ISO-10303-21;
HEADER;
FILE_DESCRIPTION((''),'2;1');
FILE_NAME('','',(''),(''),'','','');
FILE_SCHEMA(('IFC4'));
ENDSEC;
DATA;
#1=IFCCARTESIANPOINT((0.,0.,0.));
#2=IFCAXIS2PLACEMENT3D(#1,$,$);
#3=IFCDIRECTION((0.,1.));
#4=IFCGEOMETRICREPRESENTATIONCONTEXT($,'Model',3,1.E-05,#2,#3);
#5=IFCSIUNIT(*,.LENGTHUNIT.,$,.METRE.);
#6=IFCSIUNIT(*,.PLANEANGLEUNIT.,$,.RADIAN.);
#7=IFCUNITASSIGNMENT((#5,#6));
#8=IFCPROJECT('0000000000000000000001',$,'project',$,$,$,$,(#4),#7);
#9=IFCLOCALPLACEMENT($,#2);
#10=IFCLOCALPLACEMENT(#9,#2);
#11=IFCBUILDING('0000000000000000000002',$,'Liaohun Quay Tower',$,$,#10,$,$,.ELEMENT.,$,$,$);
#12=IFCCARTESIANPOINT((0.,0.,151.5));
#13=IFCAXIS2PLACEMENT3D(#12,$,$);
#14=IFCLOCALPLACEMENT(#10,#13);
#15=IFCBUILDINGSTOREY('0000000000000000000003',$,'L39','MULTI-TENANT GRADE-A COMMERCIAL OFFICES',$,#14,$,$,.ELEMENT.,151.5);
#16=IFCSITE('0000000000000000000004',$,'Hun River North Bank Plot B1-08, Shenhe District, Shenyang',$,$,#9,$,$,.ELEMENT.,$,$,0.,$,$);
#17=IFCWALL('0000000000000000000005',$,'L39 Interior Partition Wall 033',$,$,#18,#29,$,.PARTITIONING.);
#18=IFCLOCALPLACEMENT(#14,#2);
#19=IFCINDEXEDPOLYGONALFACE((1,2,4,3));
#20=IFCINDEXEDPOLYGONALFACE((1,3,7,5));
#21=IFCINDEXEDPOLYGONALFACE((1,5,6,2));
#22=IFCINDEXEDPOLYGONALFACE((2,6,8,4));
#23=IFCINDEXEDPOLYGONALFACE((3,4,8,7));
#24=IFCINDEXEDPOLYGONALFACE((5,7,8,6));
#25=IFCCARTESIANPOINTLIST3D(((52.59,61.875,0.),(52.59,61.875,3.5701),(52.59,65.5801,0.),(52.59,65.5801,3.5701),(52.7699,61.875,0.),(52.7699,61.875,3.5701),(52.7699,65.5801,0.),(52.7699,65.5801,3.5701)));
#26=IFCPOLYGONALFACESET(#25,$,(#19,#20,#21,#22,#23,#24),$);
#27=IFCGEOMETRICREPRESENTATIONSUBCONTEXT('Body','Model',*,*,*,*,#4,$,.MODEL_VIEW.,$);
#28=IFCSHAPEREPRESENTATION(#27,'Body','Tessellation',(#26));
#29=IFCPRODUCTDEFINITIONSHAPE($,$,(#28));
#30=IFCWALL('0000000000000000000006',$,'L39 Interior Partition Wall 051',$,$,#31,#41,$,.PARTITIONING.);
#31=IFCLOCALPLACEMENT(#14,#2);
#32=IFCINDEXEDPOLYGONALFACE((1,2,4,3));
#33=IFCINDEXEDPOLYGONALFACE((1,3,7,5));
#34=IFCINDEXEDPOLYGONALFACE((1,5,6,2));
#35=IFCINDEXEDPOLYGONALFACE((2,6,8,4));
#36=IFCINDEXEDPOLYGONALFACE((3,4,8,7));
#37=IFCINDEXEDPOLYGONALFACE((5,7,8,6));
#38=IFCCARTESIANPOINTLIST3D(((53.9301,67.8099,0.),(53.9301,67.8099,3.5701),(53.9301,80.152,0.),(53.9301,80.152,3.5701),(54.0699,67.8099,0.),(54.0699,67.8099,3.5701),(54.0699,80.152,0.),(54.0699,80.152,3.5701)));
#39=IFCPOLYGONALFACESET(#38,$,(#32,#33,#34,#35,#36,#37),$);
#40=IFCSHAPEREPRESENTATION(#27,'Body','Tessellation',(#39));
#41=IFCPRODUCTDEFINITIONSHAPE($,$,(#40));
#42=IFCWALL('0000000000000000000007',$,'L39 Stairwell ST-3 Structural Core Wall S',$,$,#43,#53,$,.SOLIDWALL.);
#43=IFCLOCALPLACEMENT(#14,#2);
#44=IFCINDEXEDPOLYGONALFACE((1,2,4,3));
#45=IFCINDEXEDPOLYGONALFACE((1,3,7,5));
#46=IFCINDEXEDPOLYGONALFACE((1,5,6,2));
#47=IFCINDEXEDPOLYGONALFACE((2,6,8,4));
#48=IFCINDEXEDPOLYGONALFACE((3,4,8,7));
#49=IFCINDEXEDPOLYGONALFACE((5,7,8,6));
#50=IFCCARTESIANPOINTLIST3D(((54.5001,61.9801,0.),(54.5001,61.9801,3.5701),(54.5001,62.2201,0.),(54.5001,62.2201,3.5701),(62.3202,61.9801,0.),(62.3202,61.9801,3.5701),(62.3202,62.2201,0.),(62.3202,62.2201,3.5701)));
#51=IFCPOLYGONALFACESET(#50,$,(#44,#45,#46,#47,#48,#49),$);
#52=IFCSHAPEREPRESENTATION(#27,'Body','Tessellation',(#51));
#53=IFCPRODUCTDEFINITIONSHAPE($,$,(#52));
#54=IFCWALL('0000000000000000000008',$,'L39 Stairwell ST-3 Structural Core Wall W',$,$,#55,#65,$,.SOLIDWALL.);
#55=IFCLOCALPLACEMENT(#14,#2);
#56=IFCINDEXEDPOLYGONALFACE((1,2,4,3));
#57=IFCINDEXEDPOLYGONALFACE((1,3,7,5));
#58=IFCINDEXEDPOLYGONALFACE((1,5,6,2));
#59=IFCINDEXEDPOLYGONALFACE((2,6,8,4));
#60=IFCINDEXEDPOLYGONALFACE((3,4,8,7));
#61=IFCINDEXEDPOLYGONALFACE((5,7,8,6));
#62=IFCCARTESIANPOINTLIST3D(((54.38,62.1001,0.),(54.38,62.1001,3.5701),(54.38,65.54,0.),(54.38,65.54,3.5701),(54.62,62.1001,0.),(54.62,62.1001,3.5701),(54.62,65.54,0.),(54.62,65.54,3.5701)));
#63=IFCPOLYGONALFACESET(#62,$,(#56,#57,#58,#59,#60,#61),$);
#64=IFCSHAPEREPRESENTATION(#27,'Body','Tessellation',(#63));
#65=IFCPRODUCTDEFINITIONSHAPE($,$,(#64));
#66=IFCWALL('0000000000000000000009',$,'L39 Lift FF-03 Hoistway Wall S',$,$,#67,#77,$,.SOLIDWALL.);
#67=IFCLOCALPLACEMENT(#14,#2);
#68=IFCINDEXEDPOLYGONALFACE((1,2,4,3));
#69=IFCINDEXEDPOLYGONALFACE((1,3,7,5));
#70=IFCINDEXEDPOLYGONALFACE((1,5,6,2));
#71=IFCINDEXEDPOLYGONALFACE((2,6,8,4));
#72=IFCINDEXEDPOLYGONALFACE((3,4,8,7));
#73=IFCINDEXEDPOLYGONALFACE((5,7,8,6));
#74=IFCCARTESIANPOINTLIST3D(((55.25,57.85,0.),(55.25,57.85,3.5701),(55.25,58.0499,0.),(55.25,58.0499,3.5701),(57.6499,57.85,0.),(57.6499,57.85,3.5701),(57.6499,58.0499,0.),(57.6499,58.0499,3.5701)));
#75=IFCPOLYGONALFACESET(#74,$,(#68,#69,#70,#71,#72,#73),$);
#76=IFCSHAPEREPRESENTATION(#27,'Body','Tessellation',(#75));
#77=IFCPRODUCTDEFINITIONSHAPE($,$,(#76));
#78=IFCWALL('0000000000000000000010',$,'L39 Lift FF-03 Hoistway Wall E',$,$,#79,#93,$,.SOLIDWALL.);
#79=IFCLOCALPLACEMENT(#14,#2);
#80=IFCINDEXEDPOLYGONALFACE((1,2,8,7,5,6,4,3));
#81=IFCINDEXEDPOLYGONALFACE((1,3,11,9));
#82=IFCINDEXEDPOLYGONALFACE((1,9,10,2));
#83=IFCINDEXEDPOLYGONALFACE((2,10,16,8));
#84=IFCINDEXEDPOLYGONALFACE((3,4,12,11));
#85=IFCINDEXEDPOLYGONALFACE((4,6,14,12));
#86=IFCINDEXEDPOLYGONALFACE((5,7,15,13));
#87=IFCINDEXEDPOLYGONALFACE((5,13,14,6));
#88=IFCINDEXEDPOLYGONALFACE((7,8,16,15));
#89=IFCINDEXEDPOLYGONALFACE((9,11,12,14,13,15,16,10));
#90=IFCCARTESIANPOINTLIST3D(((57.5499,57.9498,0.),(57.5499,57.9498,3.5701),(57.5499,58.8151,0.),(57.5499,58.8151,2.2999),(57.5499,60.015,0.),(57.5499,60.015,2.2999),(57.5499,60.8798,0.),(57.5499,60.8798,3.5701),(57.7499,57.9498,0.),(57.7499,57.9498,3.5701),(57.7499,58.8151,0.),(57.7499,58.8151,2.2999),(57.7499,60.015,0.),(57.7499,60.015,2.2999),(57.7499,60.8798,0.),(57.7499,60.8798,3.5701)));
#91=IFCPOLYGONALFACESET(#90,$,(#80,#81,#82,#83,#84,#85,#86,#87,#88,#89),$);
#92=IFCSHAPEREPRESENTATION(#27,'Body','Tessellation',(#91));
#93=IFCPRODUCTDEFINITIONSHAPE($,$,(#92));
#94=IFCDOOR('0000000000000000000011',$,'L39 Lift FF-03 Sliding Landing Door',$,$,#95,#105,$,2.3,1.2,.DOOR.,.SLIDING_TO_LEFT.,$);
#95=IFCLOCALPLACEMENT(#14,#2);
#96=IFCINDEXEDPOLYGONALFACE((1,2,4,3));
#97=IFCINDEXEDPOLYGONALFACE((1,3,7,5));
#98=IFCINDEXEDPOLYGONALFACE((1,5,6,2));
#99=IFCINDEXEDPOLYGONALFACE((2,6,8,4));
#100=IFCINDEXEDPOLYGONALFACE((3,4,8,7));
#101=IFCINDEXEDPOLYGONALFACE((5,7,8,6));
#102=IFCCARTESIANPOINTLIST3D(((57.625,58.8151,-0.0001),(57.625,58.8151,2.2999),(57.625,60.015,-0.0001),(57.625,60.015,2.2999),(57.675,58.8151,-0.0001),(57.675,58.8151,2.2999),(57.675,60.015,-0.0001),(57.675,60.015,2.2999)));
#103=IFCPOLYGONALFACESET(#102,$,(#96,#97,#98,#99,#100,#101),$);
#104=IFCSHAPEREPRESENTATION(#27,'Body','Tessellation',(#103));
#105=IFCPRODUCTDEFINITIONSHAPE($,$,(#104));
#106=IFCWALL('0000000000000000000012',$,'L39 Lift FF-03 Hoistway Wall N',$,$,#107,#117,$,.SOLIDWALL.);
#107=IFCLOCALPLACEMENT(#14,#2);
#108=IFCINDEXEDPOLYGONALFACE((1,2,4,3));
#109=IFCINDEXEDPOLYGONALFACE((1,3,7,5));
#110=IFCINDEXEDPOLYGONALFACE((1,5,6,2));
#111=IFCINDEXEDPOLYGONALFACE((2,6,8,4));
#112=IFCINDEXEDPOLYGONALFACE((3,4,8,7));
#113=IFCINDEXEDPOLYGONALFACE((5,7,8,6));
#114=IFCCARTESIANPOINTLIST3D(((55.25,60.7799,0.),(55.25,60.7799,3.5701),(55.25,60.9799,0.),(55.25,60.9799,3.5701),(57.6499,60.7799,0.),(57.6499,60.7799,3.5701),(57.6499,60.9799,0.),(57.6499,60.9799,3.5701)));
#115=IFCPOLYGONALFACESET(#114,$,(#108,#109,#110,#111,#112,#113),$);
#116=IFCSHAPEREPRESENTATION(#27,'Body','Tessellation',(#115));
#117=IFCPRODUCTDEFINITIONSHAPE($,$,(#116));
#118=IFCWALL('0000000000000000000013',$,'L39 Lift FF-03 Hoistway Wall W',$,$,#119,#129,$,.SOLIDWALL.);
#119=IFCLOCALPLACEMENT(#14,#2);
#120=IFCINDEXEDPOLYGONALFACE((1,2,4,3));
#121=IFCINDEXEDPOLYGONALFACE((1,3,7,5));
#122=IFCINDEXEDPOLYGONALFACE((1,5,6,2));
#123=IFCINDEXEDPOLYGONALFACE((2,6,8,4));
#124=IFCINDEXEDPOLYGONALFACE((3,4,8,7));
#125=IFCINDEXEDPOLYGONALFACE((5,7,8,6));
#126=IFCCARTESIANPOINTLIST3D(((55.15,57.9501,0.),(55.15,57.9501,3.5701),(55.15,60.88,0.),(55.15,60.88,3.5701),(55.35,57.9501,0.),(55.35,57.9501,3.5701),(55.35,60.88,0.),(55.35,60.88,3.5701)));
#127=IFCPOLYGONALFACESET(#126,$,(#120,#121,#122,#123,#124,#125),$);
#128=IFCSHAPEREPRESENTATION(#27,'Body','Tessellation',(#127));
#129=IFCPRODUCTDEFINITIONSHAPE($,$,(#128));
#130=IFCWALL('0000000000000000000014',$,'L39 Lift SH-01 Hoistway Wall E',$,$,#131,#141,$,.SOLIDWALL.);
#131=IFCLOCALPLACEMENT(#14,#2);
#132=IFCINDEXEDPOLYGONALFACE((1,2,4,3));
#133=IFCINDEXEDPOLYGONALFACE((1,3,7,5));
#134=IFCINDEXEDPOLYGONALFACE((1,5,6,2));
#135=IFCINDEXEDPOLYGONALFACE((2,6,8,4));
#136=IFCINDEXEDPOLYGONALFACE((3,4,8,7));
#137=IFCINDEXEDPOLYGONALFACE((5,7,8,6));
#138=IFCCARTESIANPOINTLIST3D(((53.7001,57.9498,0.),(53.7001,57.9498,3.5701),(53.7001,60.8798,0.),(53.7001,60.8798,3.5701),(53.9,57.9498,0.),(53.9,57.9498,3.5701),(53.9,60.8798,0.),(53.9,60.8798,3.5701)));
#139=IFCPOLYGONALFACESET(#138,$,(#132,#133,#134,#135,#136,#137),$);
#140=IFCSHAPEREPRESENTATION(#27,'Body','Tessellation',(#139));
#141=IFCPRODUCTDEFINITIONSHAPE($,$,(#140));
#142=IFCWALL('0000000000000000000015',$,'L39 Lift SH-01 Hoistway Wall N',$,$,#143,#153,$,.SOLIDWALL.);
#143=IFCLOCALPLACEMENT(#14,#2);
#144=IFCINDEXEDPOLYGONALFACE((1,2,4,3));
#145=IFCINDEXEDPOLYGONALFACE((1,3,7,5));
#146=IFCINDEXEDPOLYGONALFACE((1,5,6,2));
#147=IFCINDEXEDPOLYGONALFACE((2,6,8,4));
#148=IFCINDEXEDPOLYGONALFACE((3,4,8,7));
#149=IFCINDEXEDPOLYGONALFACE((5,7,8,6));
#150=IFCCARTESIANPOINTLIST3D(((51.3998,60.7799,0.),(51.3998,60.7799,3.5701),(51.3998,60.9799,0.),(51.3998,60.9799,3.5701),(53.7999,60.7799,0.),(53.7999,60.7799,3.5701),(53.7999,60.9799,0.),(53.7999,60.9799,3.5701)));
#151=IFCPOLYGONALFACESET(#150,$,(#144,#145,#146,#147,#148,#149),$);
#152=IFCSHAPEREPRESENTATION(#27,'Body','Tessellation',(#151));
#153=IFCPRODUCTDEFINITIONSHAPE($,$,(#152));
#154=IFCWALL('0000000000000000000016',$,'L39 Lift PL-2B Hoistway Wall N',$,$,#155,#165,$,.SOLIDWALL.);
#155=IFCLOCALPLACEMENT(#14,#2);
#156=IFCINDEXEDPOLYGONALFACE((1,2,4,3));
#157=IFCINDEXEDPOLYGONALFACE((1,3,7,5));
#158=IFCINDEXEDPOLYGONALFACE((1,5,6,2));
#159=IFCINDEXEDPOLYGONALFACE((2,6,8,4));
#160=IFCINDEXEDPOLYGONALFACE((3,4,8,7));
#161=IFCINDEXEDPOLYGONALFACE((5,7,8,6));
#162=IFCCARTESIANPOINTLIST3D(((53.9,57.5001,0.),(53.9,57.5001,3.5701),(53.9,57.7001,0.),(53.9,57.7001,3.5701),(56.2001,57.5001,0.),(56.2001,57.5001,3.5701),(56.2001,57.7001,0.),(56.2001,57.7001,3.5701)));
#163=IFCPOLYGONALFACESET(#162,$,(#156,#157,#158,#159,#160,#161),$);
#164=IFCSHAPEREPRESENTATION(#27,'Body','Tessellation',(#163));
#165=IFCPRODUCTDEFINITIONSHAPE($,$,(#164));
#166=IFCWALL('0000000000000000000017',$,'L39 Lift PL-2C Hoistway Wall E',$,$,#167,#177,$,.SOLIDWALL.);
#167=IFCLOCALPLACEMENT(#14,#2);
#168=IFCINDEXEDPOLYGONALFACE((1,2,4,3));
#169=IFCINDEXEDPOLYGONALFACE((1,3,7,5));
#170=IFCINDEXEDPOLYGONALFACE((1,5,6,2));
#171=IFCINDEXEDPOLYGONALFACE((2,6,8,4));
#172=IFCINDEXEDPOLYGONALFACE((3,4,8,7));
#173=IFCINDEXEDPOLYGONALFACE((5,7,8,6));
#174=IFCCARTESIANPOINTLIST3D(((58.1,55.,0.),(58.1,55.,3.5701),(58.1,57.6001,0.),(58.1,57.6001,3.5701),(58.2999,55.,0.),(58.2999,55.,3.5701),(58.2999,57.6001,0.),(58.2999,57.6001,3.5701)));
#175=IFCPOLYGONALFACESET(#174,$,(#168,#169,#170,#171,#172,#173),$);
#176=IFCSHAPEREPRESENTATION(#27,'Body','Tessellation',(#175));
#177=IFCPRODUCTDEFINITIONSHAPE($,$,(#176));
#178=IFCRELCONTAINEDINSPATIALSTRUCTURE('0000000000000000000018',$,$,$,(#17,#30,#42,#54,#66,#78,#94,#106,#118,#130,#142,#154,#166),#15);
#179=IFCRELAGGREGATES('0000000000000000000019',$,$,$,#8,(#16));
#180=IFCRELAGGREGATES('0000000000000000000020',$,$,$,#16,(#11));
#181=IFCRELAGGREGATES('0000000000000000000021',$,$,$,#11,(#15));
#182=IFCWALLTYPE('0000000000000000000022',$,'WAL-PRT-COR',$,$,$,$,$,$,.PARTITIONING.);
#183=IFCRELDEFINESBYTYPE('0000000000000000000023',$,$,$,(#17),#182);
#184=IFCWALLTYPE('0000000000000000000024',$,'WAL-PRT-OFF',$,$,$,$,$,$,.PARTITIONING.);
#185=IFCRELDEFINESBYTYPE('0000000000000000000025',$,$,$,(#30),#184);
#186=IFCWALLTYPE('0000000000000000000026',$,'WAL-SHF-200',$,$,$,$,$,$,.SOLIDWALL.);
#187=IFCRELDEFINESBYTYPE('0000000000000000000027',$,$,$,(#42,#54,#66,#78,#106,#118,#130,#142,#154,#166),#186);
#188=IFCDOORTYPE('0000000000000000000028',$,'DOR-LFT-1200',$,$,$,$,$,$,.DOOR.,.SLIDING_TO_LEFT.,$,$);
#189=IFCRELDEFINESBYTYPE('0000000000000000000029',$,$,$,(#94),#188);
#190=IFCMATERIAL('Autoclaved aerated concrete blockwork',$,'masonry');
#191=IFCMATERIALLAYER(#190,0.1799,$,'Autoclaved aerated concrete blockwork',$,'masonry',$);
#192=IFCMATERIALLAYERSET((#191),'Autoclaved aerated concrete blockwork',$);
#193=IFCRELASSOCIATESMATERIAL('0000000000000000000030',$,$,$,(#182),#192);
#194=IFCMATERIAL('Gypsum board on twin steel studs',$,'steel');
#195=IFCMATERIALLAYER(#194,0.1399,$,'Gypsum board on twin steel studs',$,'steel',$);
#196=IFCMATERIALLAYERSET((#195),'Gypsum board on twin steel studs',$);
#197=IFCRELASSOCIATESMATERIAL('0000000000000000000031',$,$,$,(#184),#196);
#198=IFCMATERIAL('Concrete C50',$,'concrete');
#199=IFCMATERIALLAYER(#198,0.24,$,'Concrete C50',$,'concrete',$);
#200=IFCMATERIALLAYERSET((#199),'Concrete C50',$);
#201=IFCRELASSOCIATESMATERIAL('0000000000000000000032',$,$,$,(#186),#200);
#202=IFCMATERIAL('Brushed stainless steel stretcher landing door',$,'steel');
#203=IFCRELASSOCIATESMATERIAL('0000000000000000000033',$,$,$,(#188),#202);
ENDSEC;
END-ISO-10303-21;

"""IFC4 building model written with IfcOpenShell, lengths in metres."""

from ifc_helpers import new_model, si_unit, direction, frame, frame_2d, origin, place, context, subcontext, project, spatial, rectangle, extrude, source, transform, mapped, material, layer, layer_set, type_object, element, fill, save


model = new_model("IFC4")

# Units and contexts
model_context = context("Model", 3, precision=1e-05, world=origin(), true_north=direction((0.0, 1.0)))
body_context = subcontext(model_context, "Body", "Model", "MODEL_VIEW")
ifc_project = project(units=[si_unit("LENGTHUNIT", "METRE"), si_unit("PLANEANGLEUNIT", "RADIAN")], contexts=[model_context])

# Site, building, storey
site_placement = place(None, origin())
site = spatial("IfcSite", under=ifc_project, at=site_placement, Name="Hun River North Bank Plot B1-08, Shenhe District, Shenyang", CompositionType="ELEMENT", RefElevation=0.0)
building_placement = place(site_placement, origin())
building = spatial("IfcBuilding", under=site, at=building_placement, Name="Liaohun Quay Tower", CompositionType="ELEMENT")
storey_placement = place(building_placement, frame((0.0, 0.0, 151.5)))
storey = spatial("IfcBuildingStorey", under=building, at=storey_placement, Name="L39", Description="MULTI-TENANT GRADE-A COMMERCIAL OFFICES", CompositionType="ELEMENT", Elevation=151.5)

# Shared definitions
ifc_material_1 = material(Name="Autoclaved aerated concrete blockwork", Category="masonry")
ifc_layer_1 = layer(ifc_material_1, 0.1799, Name="Autoclaved aerated concrete blockwork", Category="masonry")
ifc_layer_set_1 = layer_set([ifc_layer_1], Name="Autoclaved aerated concrete blockwork")
wall_type_1 = type_object("IfcWallType", Name="WAL-PRT-COR", PredefinedType="PARTITIONING", material=ifc_layer_set_1)

# Walls
wall_1_placement = place(storey_placement, frame((52.6799, 61.875, 0.0), z_axis=(0.0, 0.0, 1.0), x_axis=(0.0, 1.0, 0.0)))
element("IfcWall", 1, at=wall_1_placement, inside=storey, type_object=wall_type_1, Name="L39 Interior Partition Wall 033", PredefinedType="PARTITIONING", context=body_context, shape_type="SweptSolid", body=[
    extrude(rectangle(XDim=3.7051, YDim=0.1799, at=frame_2d((1.8525, 0.0))), origin(), (0.0, 0.0, 1.0), 3.5701),
])
ifc_material_2 = material(Name="Gypsum board on twin steel studs", Category="steel")
ifc_layer_2 = layer(ifc_material_2, 0.1399, Name="Gypsum board on twin steel studs", Category="steel")
ifc_layer_set_2 = layer_set([ifc_layer_2], Name="Gypsum board on twin steel studs")
wall_type_2 = type_object("IfcWallType", Name="WAL-PRT-OFF", PredefinedType="PARTITIONING", material=ifc_layer_set_2)
wall_2_placement = place(storey_placement, frame((54.0, 67.8101, 0.0), z_axis=(0.0, 0.0, 1.0), x_axis=(0.0, 1.0, 0.0)))
element("IfcWall", 2, at=wall_2_placement, inside=storey, type_object=wall_type_2, Name="L39 Interior Partition Wall 051", PredefinedType="PARTITIONING", context=body_context, shape_type="SweptSolid", body=[
    extrude(rectangle(XDim=12.342, YDim=0.1399, at=frame_2d((6.1709, 0.0))), origin(), (0.0, 0.0, 1.0), 3.5701),
])
ifc_material_3 = material(Name="Concrete C50", Category="concrete")
ifc_layer_3 = layer(ifc_material_3, 0.24, Name="Concrete C50", Category="concrete")
ifc_layer_set_3 = layer_set([ifc_layer_3], Name="Concrete C50")
wall_type_3 = type_object("IfcWallType", Name="WAL-SHF-200", PredefinedType="SOLIDWALL", material=ifc_layer_set_3)
wall_3_placement = place(storey_placement, frame((54.5, 62.1001, 0.0), z_axis=(0.0, 0.0, 1.0), x_axis=(1.0, 0.0, 0.0)))
element("IfcWall", 3, at=wall_3_placement, inside=storey, type_object=wall_type_3, Name="L39 Stairwell ST-3 Structural Core Wall S", PredefinedType="SOLIDWALL", context=body_context, shape_type="SweptSolid", body=[
    extrude(rectangle(XDim=7.8201, YDim=0.24, at=frame_2d((3.9102, 0.0))), origin(), (0.0, 0.0, 1.0), 3.5701),
])
wall_4_placement = place(storey_placement, frame((54.5, 65.54, 0.0), z_axis=(0.0, 0.0, 1.0), x_axis=(0.0, -1.0, 0.0)))
element("IfcWall", 4, at=wall_4_placement, inside=storey, type_object=wall_type_3, Name="L39 Stairwell ST-3 Structural Core Wall W", PredefinedType="SOLIDWALL", context=body_context, shape_type="SweptSolid", body=[
    extrude(rectangle(XDim=3.4399, YDim=0.24, at=frame_2d((1.72, 0.0))), origin(), (0.0, 0.0, 1.0), 3.5701),
])
wall_5_placement = place(storey_placement, frame((55.25, 57.95, 0.0), z_axis=(0.0, 0.0, 1.0), x_axis=(1.0, 0.0, 0.0)))
element("IfcWall", 5, at=wall_5_placement, inside=storey, type_object=wall_type_3, Name="L39 Lift FF-03 Hoistway Wall S", PredefinedType="SOLIDWALL", context=body_context, shape_type="SweptSolid", body=[
    extrude(rectangle(XDim=2.3999, YDim=0.2, at=frame_2d((1.2, 0.0))), origin(), (0.0, 0.0, 1.0), 3.5701),
])

# Wall, opening, door
wall_6_placement = place(storey_placement, frame((57.6499, 57.95, 0.0), z_axis=(0.0, 0.0, 1.0), x_axis=(0.0, 1.0, 0.0)))
wall_6 = element("IfcWall", 6, at=wall_6_placement, inside=storey, type_object=wall_type_3, Name="L39 Lift FF-03 Hoistway Wall E", PredefinedType="SOLIDWALL", context=body_context, shape_type="SweptSolid", body=[
    extrude(rectangle(XDim=2.9299, YDim=0.2, at=frame_2d((1.4648, 0.0))), origin(), (0.0, 0.0, 1.0), 3.5701),
])
shared_shape_1 = source(origin(), body_context, "Body", "SweptSolid", [
    extrude(rectangle(XDim=1.2, YDim=2.3, at=frame_2d((0.6001, 1.1499))), frame((0.0, 0.1099, 0.0), z_axis=(0.0, -1.0, 0.0), x_axis=(1.0, 0.0, 0.0)), (0.0, 0.0, 1.0), 0.22),
])
opening_1_placement = place(wall_6_placement, frame((0.865, 0.0, 0.0)))
opening_1 = element("IfcOpeningElement", 7, at=opening_1_placement, cuts=wall_6, PredefinedType="OPENING", context=body_context, shape_type="MappedRepresentation", body=[
    mapped(shared_shape_1, transform((0.0, 0.0, 0.0), x_axis=(1.0, 0.0, 0.0), y_axis=(0.0, 1.0, 0.0), z_axis=(0.0, 0.0, 1.0), scale=1.0)),
])
ifc_material_4 = material(Name="Brushed stainless steel stretcher landing door", Category="steel")
door_type_1 = type_object("IfcDoorType", Name="DOR-LFT-1200", OperationType="SLIDING_TO_LEFT", PredefinedType="DOOR", material=ifc_material_4)
shared_shape_2 = source(origin(), body_context, "Body", "SweptSolid", [
    extrude(rectangle(XDim=1.2, YDim=2.3, at=frame_2d((0.6001, 1.1499))), frame((0.0, 0.0249, 0.0), z_axis=(0.0, -1.0, 0.0), x_axis=(1.0, 0.0, 0.0)), (0.0, 0.0, 1.0), 0.05),
])
door_1_placement = place(opening_1_placement, origin())
door_1 = element("IfcDoor", 8, at=door_1_placement, inside=storey, type_object=door_type_1, Name="L39 Lift FF-03 Sliding Landing Door", OperationType="SLIDING_TO_LEFT", OverallHeight=2.3, OverallWidth=1.2, PredefinedType="DOOR", context=body_context, shape_type="MappedRepresentation", body=[
    mapped(shared_shape_2, transform((0.0, 0.0, 0.0), x_axis=(1.0, 0.0, 0.0), y_axis=(0.0, 1.0, 0.0), z_axis=(0.0, 0.0, 1.0), scale=1.0)),
])
fill(opening_1, door_1)

# Walls
wall_7_placement = place(storey_placement, frame((57.6499, 60.8799, 0.0), z_axis=(0.0, 0.0, 1.0), x_axis=(-1.0, 0.0, 0.0)))
element("IfcWall", 9, at=wall_7_placement, inside=storey, type_object=wall_type_3, Name="L39 Lift FF-03 Hoistway Wall N", PredefinedType="SOLIDWALL", context=body_context, shape_type="SweptSolid", body=[
    extrude(rectangle(XDim=2.3999, YDim=0.2, at=frame_2d((1.2, 0.0))), origin(), (0.0, 0.0, 1.0), 3.5701),
])
for number, where, z_axis, x_axis, name in (
    (10, (55.25, 60.8799, 0.0), (0.0, 0.0, 1.0), (0.0, -1.0, 0.0), "L39 Lift FF-03 Hoistway Wall W"),
    (11, (53.8, 57.95, 0.0), (0.0, 0.0, 1.0), (0.0, 1.0, 0.0), "L39 Lift SH-01 Hoistway Wall E"),
):
    element("IfcWall", number, at=place(storey_placement, frame(where, z_axis=z_axis, x_axis=x_axis)), inside=storey, type_object=wall_type_3, Name=name, PredefinedType="SOLIDWALL", context=body_context, shape_type="SweptSolid", body=[
        extrude(rectangle(XDim=2.9299, YDim=0.2, at=frame_2d((1.4648, 0.0))), origin(), (0.0, 0.0, 1.0), 3.5701),
    ])
wall_8_placement = place(storey_placement, frame((53.8, 60.8799, 0.0), z_axis=(0.0, 0.0, 1.0), x_axis=(-1.0, 0.0, 0.0)))
element("IfcWall", 12, at=wall_8_placement, inside=storey, type_object=wall_type_3, Name="L39 Lift SH-01 Hoistway Wall N", PredefinedType="SOLIDWALL", context=body_context, shape_type="SweptSolid", body=[
    extrude(rectangle(XDim=2.4001, YDim=0.2, at=frame_2d((1.2002, 0.0))), origin(), (0.0, 0.0, 1.0), 3.5701),
])
wall_9_placement = place(storey_placement, frame((56.2, 57.6001, 0.0), z_axis=(0.0, 0.0, 1.0), x_axis=(-1.0, 0.0, 0.0)))
element("IfcWall", 13, at=wall_9_placement, inside=storey, type_object=wall_type_3, Name="L39 Lift PL-2B Hoistway Wall N", PredefinedType="SOLIDWALL", context=body_context, shape_type="SweptSolid", body=[
    extrude(rectangle(XDim=2.3, YDim=0.2, at=frame_2d((1.1499, 0.0))), origin(), (0.0, 0.0, 1.0), 3.5701),
])
wall_10_placement = place(storey_placement, frame((58.2, 55.0, 0.0), z_axis=(0.0, 0.0, 1.0), x_axis=(0.0, 1.0, 0.0)))
element("IfcWall", 14, at=wall_10_placement, inside=storey, type_object=wall_type_3, Name="L39 Lift PL-2C Hoistway Wall E", PredefinedType="SOLIDWALL", context=body_context, shape_type="SweptSolid", body=[
    extrude(rectangle(XDim=2.6001, YDim=0.2, at=frame_2d((1.3, 0.0))), origin(), (0.0, 0.0, 1.0), 3.5701),
])

save(model, "model.ifc")
